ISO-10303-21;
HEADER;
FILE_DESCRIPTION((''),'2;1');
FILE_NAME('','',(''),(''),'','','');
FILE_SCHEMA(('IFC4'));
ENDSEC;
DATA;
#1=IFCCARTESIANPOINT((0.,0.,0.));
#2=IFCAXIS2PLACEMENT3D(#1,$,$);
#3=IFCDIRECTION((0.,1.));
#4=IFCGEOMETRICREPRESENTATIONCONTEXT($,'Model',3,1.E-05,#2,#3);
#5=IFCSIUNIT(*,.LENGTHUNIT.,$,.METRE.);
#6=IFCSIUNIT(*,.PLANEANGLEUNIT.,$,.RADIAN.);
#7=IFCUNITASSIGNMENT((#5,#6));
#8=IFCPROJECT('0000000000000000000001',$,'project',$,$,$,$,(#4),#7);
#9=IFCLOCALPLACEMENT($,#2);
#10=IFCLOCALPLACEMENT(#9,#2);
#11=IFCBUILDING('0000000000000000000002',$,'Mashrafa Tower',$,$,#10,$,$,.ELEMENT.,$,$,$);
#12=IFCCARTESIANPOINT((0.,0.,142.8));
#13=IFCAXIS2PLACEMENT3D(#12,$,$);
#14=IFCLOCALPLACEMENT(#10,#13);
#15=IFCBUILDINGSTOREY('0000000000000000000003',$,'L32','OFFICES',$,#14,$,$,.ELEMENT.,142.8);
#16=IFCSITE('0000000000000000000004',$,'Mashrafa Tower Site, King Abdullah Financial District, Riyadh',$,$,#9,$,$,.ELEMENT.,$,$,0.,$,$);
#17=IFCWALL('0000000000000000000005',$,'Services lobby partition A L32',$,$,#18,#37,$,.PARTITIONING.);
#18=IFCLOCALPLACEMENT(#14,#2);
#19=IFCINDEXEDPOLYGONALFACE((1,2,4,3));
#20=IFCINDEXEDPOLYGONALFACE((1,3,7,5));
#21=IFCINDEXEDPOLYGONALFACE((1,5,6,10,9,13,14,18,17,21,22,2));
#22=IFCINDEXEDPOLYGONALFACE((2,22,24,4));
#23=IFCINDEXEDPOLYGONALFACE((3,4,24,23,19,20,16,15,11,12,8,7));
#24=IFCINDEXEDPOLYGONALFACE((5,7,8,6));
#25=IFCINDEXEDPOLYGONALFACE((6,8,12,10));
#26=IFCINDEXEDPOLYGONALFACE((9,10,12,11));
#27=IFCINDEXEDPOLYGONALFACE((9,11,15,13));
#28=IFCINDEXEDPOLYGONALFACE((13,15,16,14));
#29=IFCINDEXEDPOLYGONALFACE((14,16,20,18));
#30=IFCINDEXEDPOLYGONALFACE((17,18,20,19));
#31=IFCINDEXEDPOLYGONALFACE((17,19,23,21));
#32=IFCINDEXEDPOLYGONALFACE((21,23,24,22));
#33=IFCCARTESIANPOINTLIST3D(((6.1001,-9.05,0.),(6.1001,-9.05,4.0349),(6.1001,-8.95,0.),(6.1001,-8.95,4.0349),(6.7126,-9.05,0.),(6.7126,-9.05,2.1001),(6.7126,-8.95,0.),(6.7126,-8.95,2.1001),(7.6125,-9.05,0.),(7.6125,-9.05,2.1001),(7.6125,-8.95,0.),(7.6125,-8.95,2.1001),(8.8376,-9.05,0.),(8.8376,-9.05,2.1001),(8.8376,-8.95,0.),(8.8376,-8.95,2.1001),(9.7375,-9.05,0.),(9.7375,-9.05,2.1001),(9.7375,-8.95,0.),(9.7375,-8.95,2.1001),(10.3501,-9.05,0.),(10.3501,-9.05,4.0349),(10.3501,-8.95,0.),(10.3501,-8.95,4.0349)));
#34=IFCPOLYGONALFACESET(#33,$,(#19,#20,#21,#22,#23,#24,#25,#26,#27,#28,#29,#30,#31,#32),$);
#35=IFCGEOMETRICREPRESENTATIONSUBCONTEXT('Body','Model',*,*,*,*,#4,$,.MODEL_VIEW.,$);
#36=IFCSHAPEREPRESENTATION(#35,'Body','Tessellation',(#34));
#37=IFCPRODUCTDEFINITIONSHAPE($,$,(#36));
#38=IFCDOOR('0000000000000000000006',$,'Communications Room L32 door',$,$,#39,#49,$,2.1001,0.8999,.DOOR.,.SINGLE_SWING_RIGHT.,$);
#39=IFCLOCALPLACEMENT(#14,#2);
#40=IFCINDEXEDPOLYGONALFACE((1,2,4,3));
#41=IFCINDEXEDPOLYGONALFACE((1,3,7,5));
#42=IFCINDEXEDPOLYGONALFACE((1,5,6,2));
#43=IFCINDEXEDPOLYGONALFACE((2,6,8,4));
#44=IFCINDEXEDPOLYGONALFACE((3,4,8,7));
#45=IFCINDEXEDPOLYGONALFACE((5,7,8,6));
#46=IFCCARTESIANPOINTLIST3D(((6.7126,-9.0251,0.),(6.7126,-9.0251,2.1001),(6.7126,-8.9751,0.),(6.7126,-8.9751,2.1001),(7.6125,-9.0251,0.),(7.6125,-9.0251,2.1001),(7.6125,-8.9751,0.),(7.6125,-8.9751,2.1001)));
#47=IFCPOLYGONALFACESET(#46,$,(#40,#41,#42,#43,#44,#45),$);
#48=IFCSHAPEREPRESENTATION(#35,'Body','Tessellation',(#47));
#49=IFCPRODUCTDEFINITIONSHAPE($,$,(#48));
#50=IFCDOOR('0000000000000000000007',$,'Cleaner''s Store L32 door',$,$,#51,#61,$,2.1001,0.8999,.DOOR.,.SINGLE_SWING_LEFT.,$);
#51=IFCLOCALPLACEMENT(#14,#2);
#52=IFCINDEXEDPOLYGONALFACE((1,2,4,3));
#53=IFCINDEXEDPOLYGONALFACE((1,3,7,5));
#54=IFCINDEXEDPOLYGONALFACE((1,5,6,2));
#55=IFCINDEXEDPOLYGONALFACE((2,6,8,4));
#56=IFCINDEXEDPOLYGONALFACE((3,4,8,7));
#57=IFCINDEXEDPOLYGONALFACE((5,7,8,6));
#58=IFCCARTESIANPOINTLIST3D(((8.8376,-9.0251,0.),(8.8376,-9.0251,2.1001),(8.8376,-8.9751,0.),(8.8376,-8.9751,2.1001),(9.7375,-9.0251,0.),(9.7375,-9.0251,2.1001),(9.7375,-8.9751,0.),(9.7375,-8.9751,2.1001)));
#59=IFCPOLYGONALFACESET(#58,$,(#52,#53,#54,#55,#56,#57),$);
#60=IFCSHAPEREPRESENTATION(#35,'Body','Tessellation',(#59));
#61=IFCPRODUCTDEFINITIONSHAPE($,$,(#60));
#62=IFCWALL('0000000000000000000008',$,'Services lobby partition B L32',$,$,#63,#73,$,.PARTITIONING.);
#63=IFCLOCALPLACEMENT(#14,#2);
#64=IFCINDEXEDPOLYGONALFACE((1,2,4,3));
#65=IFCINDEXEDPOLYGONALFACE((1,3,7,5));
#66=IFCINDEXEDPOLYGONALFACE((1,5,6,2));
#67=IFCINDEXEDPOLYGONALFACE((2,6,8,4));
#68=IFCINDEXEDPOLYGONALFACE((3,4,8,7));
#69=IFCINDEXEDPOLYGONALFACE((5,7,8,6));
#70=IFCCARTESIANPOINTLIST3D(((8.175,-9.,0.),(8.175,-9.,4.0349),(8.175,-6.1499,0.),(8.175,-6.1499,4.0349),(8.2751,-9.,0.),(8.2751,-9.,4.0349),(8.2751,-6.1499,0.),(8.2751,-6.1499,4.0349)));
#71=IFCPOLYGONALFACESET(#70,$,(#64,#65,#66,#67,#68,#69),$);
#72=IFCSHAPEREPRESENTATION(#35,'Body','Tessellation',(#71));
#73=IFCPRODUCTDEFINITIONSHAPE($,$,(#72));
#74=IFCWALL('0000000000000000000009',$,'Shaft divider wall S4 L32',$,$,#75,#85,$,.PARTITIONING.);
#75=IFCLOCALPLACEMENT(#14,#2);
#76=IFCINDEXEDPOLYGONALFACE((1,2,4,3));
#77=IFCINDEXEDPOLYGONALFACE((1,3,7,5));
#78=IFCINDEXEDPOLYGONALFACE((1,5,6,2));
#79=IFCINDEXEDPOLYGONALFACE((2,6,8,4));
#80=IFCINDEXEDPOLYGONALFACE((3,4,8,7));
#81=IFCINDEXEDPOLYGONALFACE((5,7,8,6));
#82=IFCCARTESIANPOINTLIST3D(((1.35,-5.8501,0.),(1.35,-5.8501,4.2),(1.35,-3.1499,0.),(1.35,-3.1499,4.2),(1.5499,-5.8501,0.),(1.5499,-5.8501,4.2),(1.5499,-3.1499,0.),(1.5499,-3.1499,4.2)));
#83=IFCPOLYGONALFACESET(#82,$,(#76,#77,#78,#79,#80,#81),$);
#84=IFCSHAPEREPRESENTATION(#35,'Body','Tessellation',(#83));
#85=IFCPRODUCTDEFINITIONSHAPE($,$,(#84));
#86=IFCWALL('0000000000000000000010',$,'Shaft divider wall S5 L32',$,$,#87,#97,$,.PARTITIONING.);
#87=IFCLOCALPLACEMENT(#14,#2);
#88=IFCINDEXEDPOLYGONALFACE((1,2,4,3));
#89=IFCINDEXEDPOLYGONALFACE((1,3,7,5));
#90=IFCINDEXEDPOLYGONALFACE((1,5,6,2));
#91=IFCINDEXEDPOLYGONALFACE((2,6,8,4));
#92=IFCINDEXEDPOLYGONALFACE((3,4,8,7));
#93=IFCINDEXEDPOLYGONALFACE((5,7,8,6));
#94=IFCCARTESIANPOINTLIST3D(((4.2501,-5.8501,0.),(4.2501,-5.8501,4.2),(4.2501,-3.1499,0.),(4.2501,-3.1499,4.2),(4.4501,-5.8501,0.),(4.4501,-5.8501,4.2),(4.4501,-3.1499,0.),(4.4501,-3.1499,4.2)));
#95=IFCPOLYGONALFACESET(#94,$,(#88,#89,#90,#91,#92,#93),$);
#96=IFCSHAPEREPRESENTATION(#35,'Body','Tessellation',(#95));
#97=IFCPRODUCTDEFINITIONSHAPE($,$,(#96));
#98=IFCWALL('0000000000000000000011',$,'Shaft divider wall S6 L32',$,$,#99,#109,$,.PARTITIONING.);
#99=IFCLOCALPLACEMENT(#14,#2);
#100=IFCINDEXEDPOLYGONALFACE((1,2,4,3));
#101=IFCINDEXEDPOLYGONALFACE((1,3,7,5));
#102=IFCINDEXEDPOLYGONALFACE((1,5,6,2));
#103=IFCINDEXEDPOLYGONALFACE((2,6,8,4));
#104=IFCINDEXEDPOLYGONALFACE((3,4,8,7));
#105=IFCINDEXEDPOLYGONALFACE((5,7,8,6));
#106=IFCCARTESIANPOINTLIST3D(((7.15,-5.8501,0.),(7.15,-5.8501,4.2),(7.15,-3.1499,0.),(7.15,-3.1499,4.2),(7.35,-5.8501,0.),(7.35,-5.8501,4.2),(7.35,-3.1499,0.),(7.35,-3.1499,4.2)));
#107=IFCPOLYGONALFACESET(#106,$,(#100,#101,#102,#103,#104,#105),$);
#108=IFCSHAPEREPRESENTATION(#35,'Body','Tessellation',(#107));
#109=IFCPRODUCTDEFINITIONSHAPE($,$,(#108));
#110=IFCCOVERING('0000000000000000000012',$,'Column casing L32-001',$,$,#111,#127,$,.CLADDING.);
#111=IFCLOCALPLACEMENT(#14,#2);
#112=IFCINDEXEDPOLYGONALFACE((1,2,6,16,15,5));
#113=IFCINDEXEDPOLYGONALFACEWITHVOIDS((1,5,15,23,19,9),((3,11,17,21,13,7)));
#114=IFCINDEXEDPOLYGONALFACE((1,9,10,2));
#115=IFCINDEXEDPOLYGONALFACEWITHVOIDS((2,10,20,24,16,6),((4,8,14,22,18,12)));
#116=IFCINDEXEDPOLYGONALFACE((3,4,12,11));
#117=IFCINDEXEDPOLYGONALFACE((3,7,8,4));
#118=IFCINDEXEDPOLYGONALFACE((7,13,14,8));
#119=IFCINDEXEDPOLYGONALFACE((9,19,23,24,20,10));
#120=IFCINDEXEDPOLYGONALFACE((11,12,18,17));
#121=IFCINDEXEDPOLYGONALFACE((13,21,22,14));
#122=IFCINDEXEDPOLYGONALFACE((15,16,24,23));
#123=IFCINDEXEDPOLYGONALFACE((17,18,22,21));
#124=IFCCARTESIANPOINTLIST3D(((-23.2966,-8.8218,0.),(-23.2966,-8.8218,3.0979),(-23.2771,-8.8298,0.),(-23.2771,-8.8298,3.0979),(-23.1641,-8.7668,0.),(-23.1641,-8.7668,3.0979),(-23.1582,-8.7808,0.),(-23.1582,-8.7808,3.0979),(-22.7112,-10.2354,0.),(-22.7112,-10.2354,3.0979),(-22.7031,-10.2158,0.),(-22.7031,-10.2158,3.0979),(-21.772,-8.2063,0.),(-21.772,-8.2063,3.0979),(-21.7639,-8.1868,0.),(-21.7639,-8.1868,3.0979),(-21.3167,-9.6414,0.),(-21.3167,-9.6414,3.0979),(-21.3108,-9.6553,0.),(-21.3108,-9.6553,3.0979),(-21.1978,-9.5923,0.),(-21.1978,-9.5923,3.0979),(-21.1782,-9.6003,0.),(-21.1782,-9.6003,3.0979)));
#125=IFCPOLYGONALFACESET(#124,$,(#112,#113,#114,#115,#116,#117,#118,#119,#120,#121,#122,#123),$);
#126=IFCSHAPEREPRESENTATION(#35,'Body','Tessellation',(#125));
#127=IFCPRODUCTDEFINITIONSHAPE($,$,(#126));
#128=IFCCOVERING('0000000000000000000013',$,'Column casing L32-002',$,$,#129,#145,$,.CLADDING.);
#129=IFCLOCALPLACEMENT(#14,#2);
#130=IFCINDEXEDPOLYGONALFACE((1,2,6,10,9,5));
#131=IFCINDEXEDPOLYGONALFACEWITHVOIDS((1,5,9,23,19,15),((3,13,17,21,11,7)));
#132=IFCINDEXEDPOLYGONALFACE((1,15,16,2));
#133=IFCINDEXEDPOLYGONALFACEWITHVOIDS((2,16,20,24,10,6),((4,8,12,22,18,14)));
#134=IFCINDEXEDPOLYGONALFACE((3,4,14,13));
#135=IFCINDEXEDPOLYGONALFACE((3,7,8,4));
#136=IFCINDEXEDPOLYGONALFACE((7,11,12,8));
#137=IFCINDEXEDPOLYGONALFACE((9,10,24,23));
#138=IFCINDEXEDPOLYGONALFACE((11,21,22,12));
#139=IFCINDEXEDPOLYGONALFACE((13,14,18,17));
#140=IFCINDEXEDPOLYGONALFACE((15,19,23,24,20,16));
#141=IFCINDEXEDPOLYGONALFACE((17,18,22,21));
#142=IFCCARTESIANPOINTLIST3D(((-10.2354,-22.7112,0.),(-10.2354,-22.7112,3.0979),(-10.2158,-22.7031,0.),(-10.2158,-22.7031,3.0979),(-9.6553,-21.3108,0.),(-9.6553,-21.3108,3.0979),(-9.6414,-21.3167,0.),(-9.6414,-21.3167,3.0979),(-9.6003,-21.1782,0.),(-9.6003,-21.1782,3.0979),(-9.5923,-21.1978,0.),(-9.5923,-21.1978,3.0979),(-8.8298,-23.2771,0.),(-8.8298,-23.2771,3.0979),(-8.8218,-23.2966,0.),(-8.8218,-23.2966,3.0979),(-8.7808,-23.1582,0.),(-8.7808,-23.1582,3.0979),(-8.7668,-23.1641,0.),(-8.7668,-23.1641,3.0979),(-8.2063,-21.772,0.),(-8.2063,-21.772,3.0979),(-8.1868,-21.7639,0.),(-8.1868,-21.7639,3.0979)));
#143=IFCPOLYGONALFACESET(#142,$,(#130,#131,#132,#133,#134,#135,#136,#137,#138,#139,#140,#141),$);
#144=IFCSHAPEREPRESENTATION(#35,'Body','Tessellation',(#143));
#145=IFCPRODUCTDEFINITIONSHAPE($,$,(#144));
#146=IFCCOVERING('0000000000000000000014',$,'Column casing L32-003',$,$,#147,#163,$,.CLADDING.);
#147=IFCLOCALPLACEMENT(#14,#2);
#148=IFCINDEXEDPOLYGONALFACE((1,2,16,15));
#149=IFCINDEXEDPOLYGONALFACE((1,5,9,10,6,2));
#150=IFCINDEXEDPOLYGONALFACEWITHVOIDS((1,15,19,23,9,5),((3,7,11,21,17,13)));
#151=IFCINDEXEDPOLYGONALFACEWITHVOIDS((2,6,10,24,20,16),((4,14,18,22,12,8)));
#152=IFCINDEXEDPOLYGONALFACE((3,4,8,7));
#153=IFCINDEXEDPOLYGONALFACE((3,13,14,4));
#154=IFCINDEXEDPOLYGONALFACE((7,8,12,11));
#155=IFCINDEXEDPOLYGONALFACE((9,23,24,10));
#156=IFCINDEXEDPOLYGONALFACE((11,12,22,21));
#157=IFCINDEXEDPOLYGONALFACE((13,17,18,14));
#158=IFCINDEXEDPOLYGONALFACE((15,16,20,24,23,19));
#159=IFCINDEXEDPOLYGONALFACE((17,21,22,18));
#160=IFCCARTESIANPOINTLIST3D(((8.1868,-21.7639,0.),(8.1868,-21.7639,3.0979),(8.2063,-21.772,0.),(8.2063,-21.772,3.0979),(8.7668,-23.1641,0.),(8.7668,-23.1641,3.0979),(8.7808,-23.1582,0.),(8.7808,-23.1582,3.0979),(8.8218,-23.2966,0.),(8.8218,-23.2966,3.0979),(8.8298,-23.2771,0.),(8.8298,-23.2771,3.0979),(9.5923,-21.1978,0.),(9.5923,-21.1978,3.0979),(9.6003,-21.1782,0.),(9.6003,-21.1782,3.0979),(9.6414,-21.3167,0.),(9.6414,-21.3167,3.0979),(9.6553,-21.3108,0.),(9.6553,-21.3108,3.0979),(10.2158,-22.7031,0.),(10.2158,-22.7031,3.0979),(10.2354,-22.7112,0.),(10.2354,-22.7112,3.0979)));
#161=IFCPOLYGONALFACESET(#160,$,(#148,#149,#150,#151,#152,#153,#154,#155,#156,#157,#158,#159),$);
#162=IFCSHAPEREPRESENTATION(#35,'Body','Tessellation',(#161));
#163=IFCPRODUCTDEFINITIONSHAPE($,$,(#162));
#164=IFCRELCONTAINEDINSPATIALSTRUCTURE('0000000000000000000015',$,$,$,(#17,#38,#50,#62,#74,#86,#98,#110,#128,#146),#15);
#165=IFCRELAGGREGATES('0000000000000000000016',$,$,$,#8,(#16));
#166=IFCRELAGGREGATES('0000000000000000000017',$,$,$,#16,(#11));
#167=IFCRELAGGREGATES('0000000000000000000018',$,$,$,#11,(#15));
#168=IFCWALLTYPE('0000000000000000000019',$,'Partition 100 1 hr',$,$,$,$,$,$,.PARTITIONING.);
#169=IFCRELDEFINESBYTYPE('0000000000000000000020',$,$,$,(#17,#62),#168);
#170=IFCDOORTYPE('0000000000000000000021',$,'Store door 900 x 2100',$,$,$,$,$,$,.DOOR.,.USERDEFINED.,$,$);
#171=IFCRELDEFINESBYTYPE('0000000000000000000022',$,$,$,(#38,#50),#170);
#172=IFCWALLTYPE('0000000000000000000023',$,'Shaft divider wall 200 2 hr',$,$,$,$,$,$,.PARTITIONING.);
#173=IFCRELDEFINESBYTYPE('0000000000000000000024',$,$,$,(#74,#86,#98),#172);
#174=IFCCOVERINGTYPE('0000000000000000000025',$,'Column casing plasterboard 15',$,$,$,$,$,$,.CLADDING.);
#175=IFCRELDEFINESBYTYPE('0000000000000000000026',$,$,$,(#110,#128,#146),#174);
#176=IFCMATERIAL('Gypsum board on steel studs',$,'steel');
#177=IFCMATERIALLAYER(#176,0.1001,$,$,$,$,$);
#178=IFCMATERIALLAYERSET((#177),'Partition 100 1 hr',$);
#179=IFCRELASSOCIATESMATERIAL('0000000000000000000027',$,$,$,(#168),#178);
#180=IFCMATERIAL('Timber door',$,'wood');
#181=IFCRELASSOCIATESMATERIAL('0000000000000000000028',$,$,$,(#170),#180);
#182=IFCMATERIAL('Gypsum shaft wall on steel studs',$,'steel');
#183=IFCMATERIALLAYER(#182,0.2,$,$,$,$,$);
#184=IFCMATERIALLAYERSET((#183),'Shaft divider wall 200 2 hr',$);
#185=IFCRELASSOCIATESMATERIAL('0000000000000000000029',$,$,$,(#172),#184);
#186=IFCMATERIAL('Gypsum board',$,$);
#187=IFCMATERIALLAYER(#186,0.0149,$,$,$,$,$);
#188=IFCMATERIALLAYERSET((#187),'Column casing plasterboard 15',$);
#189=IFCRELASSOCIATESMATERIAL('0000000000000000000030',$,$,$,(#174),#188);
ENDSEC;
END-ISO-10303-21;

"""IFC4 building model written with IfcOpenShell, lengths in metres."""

from ifc_helpers import new_model, si_unit, direction, frame, frame_2d, origin, place, context, subcontext, project, spatial, polyline, rectangle, outline, extrude, material, layer, layer_set, type_object, element, fill, save


model = new_model("IFC4")

# Units and contexts
model_context = context("Model", 3, precision=1e-05, world=origin(), true_north=direction((0.0, 1.0)))
body_context = subcontext(model_context, "Body", "Model", "MODEL_VIEW")
ifc_project = project(units=[si_unit("LENGTHUNIT", "METRE"), si_unit("PLANEANGLEUNIT", "RADIAN")], contexts=[model_context])

# Site, building, storey
site_placement = place(None, origin())
site = spatial("IfcSite", under=ifc_project, at=site_placement, Name="Mashrafa Tower Site, King Abdullah Financial District, Riyadh", CompositionType="ELEMENT", RefElevation=0.0)
building_placement = place(site_placement, origin())
building = spatial("IfcBuilding", under=site, at=building_placement, Name="Mashrafa Tower", CompositionType="ELEMENT")
storey_placement = place(building_placement, frame((0.0, 0.0, 142.8)))
storey = spatial("IfcBuildingStorey", under=building, at=storey_placement, Name="L32", Description="OFFICES", CompositionType="ELEMENT", Elevation=142.8)

# Wall, openings, doors
ifc_material_1 = material(Name="Gypsum board on steel studs", Category="steel")
ifc_layer_1 = layer(ifc_material_1, 0.1001)
ifc_layer_set_1 = layer_set([ifc_layer_1], Name="Partition 100 1 hr")
wall_type_1 = type_object("IfcWallType", Name="Partition 100 1 hr", PredefinedType="PARTITIONING", material=ifc_layer_set_1)
wall_1_placement = place(storey_placement, frame((6.1001, -9.0, 0.0), z_axis=(0.0, 0.0, 1.0), x_axis=(1.0, 0.0, 0.0)))
wall_1 = element("IfcWall", 1, at=wall_1_placement, inside=storey, type_object=wall_type_1, Name="Services lobby partition A L32", PredefinedType="PARTITIONING", context=body_context, shape_type="SweptSolid", body=[
    extrude(rectangle(XDim=4.25, YDim=0.1001, at=frame_2d((2.125, 0.0))), origin(), (0.0, 0.0, 1.0), 4.0349),
])
opening_1_placement = place(wall_1_placement, frame((0.6125, 0.0, 0.0)))
opening_1 = element("IfcOpeningElement", 2, at=opening_1_placement, cuts=wall_1, PredefinedType="OPENING", context=body_context, shape_type="SweptSolid", body=[
    extrude(rectangle(XDim=0.8999, YDim=2.1001, at=frame_2d((0.45, 1.05))), frame((0.0, 0.0601, 0.0), z_axis=(0.0, -1.0, 0.0), x_axis=(1.0, 0.0, 0.0)), (0.0, 0.0, 1.0), 0.1201),
])
opening_2_placement = place(wall_1_placement, frame((2.7375, 0.0, 0.0)))
opening_2 = element("IfcOpeningElement", 3, at=opening_2_placement, cuts=wall_1, PredefinedType="OPENING", context=body_context, shape_type="SweptSolid", body=[
    extrude(rectangle(XDim=0.8999, YDim=2.1001, at=frame_2d((0.45, 1.05))), frame((0.0, 0.0601, 0.0), z_axis=(0.0, -1.0, 0.0), x_axis=(1.0, 0.0, 0.0)), (0.0, 0.0, 1.0), 0.1201),
])
ifc_material_2 = material(Name="Timber door", Category="wood")
door_type_1 = type_object("IfcDoorType", Name="Store door 900 x 2100", OperationType="USERDEFINED", PredefinedType="DOOR", material=ifc_material_2)
door_1_placement = place(opening_1_placement, origin())
door_1 = element("IfcDoor", 4, at=door_1_placement, inside=storey, type_object=door_type_1, Name="Communications Room L32 door", OperationType="SINGLE_SWING_RIGHT", OverallHeight=2.1001, OverallWidth=0.8999, PredefinedType="DOOR", context=body_context, shape_type="SweptSolid", body=[
    extrude(rectangle(XDim=0.8999, YDim=2.1001, at=frame_2d((0.45, 1.05))), frame((0.0, 0.0249, 0.0), z_axis=(0.0, -1.0, 0.0), x_axis=(1.0, 0.0, 0.0)), (0.0, 0.0, 1.0), 0.05),
])
fill(opening_1, door_1)
door_2_placement = place(opening_2_placement, origin())
door_2 = element("IfcDoor", 5, at=door_2_placement, inside=storey, type_object=door_type_1, Name="Cleaner's Store L32 door", OperationType="SINGLE_SWING_LEFT", OverallHeight=2.1001, OverallWidth=0.8999, PredefinedType="DOOR", context=body_context, shape_type="SweptSolid", body=[
    extrude(rectangle(XDim=0.8999, YDim=2.1001, at=frame_2d((0.45, 1.05))), frame((0.0, 0.0249, 0.0), z_axis=(0.0, -1.0, 0.0), x_axis=(1.0, 0.0, 0.0)), (0.0, 0.0, 1.0), 0.05),
])
fill(opening_2, door_2)

# Walls
wall_2_placement = place(storey_placement, frame((8.2251, -9.0, 0.0), z_axis=(0.0, 0.0, 1.0), x_axis=(0.0, 1.0, 0.0)))
element("IfcWall", 6, at=wall_2_placement, inside=storey, type_object=wall_type_1, Name="Services lobby partition B L32", PredefinedType="PARTITIONING", context=body_context, shape_type="SweptSolid", body=[
    extrude(rectangle(XDim=2.8501, YDim=0.1001, at=frame_2d((1.425, 0.0))), origin(), (0.0, 0.0, 1.0), 4.0349),
])
ifc_material_3 = material(Name="Gypsum shaft wall on steel studs", Category="steel")
ifc_layer_2 = layer(ifc_material_3, 0.2)
ifc_layer_set_2 = layer_set([ifc_layer_2], Name="Shaft divider wall 200 2 hr")
wall_type_2 = type_object("IfcWallType", Name="Shaft divider wall 200 2 hr", PredefinedType="PARTITIONING", material=ifc_layer_set_2)
for number, where, z_axis, x_axis, name in (
    (7, (1.45, -5.8501, 0.0), (0.0, 0.0, 1.0), (0.0, 1.0, 0.0), "Shaft divider wall S4 L32"),
    (8, (4.3501, -5.8501, 0.0), (0.0, 0.0, 1.0), (0.0, 1.0, 0.0), "Shaft divider wall S5 L32"),
    (9, (7.25, -5.8501, 0.0), (0.0, 0.0, 1.0), (0.0, 1.0, 0.0), "Shaft divider wall S6 L32"),
):
    element("IfcWall", number, at=place(storey_placement, frame(where, z_axis=z_axis, x_axis=x_axis)), inside=storey, type_object=wall_type_2, Name=name, PredefinedType="PARTITIONING", context=body_context, shape_type="SweptSolid", body=[
        extrude(rectangle(XDim=2.7002, YDim=0.2, at=frame_2d((1.3501, 0.0))), origin(), (0.0, 0.0, 1.0), 4.2),
    ])

# Coverings
ifc_material_4 = material(Name="Gypsum board")
ifc_layer_3 = layer(ifc_material_4, 0.0149)
ifc_layer_set_3 = layer_set([ifc_layer_3], Name="Column casing plasterboard 15")
covering_type_1 = type_object("IfcCoveringType", Name="Column casing plasterboard 15", PredefinedType="CLADDING", material=ifc_layer_set_3)
covering_1_placement = place(storey_placement, origin())
element("IfcCovering", 10, at=covering_1_placement, inside=storey, type_object=covering_type_1, Name="Column casing L32-001", PredefinedType="CLADDING", context=body_context, shape_type="SweptSolid", body=[
    extrude(outline(polyline([(-23.2966, -8.8218), (-23.1641, -8.7668), (-21.7639, -8.1868), (-21.1782, -9.6003), (-21.3108, -9.6553), (-22.7112, -10.2354), (-23.2966, -8.8218)]), holes=[polyline([(-21.3167, -9.6414), (-21.1978, -9.5923), (-21.772, -8.2063), (-23.1582, -8.7808), (-23.2771, -8.8298), (-22.7031, -10.2158), (-21.3167, -9.6414)])]), origin(), (0.0, 0.0, 1.0), 3.0979),
])
covering_2_placement = place(storey_placement, origin())
element("IfcCovering", 11, at=covering_2_placement, inside=storey, type_object=covering_type_1, Name="Column casing L32-002", PredefinedType="CLADDING", context=body_context, shape_type="SweptSolid", body=[
    extrude(outline(polyline([(-10.2354, -22.7112), (-9.6553, -21.3108), (-9.6003, -21.1782), (-8.1868, -21.7639), (-8.7668, -23.1641), (-8.8218, -23.2966), (-10.2354, -22.7112)]), holes=[polyline([(-8.7808, -23.1582), (-8.2063, -21.772), (-9.5923, -21.1978), (-9.6414, -21.3167), (-10.2158, -22.7031), (-8.8298, -23.2771), (-8.7808, -23.1582)])]), origin(), (0.0, 0.0, 1.0), 3.0979),
])
covering_3_placement = place(storey_placement, origin())
element("IfcCovering", 12, at=covering_3_placement, inside=storey, type_object=covering_type_1, Name="Column casing L32-003", PredefinedType="CLADDING", context=body_context, shape_type="SweptSolid", body=[
    extrude(outline(polyline([(8.7668, -23.1641), (8.1868, -21.7639), (9.6003, -21.1782), (9.6553, -21.3108), (10.2354, -22.7112), (8.8218, -23.2966), (8.7668, -23.1641)]), holes=[polyline([(10.2158, -22.7031), (9.6414, -21.3167), (9.5923, -21.1978), (8.2063, -21.772), (8.7808, -23.1582), (8.8298, -23.2771), (10.2158, -22.7031)])]), origin(), (0.0, 0.0, 1.0), 3.0979),
])

save(model, "model.ifc")
